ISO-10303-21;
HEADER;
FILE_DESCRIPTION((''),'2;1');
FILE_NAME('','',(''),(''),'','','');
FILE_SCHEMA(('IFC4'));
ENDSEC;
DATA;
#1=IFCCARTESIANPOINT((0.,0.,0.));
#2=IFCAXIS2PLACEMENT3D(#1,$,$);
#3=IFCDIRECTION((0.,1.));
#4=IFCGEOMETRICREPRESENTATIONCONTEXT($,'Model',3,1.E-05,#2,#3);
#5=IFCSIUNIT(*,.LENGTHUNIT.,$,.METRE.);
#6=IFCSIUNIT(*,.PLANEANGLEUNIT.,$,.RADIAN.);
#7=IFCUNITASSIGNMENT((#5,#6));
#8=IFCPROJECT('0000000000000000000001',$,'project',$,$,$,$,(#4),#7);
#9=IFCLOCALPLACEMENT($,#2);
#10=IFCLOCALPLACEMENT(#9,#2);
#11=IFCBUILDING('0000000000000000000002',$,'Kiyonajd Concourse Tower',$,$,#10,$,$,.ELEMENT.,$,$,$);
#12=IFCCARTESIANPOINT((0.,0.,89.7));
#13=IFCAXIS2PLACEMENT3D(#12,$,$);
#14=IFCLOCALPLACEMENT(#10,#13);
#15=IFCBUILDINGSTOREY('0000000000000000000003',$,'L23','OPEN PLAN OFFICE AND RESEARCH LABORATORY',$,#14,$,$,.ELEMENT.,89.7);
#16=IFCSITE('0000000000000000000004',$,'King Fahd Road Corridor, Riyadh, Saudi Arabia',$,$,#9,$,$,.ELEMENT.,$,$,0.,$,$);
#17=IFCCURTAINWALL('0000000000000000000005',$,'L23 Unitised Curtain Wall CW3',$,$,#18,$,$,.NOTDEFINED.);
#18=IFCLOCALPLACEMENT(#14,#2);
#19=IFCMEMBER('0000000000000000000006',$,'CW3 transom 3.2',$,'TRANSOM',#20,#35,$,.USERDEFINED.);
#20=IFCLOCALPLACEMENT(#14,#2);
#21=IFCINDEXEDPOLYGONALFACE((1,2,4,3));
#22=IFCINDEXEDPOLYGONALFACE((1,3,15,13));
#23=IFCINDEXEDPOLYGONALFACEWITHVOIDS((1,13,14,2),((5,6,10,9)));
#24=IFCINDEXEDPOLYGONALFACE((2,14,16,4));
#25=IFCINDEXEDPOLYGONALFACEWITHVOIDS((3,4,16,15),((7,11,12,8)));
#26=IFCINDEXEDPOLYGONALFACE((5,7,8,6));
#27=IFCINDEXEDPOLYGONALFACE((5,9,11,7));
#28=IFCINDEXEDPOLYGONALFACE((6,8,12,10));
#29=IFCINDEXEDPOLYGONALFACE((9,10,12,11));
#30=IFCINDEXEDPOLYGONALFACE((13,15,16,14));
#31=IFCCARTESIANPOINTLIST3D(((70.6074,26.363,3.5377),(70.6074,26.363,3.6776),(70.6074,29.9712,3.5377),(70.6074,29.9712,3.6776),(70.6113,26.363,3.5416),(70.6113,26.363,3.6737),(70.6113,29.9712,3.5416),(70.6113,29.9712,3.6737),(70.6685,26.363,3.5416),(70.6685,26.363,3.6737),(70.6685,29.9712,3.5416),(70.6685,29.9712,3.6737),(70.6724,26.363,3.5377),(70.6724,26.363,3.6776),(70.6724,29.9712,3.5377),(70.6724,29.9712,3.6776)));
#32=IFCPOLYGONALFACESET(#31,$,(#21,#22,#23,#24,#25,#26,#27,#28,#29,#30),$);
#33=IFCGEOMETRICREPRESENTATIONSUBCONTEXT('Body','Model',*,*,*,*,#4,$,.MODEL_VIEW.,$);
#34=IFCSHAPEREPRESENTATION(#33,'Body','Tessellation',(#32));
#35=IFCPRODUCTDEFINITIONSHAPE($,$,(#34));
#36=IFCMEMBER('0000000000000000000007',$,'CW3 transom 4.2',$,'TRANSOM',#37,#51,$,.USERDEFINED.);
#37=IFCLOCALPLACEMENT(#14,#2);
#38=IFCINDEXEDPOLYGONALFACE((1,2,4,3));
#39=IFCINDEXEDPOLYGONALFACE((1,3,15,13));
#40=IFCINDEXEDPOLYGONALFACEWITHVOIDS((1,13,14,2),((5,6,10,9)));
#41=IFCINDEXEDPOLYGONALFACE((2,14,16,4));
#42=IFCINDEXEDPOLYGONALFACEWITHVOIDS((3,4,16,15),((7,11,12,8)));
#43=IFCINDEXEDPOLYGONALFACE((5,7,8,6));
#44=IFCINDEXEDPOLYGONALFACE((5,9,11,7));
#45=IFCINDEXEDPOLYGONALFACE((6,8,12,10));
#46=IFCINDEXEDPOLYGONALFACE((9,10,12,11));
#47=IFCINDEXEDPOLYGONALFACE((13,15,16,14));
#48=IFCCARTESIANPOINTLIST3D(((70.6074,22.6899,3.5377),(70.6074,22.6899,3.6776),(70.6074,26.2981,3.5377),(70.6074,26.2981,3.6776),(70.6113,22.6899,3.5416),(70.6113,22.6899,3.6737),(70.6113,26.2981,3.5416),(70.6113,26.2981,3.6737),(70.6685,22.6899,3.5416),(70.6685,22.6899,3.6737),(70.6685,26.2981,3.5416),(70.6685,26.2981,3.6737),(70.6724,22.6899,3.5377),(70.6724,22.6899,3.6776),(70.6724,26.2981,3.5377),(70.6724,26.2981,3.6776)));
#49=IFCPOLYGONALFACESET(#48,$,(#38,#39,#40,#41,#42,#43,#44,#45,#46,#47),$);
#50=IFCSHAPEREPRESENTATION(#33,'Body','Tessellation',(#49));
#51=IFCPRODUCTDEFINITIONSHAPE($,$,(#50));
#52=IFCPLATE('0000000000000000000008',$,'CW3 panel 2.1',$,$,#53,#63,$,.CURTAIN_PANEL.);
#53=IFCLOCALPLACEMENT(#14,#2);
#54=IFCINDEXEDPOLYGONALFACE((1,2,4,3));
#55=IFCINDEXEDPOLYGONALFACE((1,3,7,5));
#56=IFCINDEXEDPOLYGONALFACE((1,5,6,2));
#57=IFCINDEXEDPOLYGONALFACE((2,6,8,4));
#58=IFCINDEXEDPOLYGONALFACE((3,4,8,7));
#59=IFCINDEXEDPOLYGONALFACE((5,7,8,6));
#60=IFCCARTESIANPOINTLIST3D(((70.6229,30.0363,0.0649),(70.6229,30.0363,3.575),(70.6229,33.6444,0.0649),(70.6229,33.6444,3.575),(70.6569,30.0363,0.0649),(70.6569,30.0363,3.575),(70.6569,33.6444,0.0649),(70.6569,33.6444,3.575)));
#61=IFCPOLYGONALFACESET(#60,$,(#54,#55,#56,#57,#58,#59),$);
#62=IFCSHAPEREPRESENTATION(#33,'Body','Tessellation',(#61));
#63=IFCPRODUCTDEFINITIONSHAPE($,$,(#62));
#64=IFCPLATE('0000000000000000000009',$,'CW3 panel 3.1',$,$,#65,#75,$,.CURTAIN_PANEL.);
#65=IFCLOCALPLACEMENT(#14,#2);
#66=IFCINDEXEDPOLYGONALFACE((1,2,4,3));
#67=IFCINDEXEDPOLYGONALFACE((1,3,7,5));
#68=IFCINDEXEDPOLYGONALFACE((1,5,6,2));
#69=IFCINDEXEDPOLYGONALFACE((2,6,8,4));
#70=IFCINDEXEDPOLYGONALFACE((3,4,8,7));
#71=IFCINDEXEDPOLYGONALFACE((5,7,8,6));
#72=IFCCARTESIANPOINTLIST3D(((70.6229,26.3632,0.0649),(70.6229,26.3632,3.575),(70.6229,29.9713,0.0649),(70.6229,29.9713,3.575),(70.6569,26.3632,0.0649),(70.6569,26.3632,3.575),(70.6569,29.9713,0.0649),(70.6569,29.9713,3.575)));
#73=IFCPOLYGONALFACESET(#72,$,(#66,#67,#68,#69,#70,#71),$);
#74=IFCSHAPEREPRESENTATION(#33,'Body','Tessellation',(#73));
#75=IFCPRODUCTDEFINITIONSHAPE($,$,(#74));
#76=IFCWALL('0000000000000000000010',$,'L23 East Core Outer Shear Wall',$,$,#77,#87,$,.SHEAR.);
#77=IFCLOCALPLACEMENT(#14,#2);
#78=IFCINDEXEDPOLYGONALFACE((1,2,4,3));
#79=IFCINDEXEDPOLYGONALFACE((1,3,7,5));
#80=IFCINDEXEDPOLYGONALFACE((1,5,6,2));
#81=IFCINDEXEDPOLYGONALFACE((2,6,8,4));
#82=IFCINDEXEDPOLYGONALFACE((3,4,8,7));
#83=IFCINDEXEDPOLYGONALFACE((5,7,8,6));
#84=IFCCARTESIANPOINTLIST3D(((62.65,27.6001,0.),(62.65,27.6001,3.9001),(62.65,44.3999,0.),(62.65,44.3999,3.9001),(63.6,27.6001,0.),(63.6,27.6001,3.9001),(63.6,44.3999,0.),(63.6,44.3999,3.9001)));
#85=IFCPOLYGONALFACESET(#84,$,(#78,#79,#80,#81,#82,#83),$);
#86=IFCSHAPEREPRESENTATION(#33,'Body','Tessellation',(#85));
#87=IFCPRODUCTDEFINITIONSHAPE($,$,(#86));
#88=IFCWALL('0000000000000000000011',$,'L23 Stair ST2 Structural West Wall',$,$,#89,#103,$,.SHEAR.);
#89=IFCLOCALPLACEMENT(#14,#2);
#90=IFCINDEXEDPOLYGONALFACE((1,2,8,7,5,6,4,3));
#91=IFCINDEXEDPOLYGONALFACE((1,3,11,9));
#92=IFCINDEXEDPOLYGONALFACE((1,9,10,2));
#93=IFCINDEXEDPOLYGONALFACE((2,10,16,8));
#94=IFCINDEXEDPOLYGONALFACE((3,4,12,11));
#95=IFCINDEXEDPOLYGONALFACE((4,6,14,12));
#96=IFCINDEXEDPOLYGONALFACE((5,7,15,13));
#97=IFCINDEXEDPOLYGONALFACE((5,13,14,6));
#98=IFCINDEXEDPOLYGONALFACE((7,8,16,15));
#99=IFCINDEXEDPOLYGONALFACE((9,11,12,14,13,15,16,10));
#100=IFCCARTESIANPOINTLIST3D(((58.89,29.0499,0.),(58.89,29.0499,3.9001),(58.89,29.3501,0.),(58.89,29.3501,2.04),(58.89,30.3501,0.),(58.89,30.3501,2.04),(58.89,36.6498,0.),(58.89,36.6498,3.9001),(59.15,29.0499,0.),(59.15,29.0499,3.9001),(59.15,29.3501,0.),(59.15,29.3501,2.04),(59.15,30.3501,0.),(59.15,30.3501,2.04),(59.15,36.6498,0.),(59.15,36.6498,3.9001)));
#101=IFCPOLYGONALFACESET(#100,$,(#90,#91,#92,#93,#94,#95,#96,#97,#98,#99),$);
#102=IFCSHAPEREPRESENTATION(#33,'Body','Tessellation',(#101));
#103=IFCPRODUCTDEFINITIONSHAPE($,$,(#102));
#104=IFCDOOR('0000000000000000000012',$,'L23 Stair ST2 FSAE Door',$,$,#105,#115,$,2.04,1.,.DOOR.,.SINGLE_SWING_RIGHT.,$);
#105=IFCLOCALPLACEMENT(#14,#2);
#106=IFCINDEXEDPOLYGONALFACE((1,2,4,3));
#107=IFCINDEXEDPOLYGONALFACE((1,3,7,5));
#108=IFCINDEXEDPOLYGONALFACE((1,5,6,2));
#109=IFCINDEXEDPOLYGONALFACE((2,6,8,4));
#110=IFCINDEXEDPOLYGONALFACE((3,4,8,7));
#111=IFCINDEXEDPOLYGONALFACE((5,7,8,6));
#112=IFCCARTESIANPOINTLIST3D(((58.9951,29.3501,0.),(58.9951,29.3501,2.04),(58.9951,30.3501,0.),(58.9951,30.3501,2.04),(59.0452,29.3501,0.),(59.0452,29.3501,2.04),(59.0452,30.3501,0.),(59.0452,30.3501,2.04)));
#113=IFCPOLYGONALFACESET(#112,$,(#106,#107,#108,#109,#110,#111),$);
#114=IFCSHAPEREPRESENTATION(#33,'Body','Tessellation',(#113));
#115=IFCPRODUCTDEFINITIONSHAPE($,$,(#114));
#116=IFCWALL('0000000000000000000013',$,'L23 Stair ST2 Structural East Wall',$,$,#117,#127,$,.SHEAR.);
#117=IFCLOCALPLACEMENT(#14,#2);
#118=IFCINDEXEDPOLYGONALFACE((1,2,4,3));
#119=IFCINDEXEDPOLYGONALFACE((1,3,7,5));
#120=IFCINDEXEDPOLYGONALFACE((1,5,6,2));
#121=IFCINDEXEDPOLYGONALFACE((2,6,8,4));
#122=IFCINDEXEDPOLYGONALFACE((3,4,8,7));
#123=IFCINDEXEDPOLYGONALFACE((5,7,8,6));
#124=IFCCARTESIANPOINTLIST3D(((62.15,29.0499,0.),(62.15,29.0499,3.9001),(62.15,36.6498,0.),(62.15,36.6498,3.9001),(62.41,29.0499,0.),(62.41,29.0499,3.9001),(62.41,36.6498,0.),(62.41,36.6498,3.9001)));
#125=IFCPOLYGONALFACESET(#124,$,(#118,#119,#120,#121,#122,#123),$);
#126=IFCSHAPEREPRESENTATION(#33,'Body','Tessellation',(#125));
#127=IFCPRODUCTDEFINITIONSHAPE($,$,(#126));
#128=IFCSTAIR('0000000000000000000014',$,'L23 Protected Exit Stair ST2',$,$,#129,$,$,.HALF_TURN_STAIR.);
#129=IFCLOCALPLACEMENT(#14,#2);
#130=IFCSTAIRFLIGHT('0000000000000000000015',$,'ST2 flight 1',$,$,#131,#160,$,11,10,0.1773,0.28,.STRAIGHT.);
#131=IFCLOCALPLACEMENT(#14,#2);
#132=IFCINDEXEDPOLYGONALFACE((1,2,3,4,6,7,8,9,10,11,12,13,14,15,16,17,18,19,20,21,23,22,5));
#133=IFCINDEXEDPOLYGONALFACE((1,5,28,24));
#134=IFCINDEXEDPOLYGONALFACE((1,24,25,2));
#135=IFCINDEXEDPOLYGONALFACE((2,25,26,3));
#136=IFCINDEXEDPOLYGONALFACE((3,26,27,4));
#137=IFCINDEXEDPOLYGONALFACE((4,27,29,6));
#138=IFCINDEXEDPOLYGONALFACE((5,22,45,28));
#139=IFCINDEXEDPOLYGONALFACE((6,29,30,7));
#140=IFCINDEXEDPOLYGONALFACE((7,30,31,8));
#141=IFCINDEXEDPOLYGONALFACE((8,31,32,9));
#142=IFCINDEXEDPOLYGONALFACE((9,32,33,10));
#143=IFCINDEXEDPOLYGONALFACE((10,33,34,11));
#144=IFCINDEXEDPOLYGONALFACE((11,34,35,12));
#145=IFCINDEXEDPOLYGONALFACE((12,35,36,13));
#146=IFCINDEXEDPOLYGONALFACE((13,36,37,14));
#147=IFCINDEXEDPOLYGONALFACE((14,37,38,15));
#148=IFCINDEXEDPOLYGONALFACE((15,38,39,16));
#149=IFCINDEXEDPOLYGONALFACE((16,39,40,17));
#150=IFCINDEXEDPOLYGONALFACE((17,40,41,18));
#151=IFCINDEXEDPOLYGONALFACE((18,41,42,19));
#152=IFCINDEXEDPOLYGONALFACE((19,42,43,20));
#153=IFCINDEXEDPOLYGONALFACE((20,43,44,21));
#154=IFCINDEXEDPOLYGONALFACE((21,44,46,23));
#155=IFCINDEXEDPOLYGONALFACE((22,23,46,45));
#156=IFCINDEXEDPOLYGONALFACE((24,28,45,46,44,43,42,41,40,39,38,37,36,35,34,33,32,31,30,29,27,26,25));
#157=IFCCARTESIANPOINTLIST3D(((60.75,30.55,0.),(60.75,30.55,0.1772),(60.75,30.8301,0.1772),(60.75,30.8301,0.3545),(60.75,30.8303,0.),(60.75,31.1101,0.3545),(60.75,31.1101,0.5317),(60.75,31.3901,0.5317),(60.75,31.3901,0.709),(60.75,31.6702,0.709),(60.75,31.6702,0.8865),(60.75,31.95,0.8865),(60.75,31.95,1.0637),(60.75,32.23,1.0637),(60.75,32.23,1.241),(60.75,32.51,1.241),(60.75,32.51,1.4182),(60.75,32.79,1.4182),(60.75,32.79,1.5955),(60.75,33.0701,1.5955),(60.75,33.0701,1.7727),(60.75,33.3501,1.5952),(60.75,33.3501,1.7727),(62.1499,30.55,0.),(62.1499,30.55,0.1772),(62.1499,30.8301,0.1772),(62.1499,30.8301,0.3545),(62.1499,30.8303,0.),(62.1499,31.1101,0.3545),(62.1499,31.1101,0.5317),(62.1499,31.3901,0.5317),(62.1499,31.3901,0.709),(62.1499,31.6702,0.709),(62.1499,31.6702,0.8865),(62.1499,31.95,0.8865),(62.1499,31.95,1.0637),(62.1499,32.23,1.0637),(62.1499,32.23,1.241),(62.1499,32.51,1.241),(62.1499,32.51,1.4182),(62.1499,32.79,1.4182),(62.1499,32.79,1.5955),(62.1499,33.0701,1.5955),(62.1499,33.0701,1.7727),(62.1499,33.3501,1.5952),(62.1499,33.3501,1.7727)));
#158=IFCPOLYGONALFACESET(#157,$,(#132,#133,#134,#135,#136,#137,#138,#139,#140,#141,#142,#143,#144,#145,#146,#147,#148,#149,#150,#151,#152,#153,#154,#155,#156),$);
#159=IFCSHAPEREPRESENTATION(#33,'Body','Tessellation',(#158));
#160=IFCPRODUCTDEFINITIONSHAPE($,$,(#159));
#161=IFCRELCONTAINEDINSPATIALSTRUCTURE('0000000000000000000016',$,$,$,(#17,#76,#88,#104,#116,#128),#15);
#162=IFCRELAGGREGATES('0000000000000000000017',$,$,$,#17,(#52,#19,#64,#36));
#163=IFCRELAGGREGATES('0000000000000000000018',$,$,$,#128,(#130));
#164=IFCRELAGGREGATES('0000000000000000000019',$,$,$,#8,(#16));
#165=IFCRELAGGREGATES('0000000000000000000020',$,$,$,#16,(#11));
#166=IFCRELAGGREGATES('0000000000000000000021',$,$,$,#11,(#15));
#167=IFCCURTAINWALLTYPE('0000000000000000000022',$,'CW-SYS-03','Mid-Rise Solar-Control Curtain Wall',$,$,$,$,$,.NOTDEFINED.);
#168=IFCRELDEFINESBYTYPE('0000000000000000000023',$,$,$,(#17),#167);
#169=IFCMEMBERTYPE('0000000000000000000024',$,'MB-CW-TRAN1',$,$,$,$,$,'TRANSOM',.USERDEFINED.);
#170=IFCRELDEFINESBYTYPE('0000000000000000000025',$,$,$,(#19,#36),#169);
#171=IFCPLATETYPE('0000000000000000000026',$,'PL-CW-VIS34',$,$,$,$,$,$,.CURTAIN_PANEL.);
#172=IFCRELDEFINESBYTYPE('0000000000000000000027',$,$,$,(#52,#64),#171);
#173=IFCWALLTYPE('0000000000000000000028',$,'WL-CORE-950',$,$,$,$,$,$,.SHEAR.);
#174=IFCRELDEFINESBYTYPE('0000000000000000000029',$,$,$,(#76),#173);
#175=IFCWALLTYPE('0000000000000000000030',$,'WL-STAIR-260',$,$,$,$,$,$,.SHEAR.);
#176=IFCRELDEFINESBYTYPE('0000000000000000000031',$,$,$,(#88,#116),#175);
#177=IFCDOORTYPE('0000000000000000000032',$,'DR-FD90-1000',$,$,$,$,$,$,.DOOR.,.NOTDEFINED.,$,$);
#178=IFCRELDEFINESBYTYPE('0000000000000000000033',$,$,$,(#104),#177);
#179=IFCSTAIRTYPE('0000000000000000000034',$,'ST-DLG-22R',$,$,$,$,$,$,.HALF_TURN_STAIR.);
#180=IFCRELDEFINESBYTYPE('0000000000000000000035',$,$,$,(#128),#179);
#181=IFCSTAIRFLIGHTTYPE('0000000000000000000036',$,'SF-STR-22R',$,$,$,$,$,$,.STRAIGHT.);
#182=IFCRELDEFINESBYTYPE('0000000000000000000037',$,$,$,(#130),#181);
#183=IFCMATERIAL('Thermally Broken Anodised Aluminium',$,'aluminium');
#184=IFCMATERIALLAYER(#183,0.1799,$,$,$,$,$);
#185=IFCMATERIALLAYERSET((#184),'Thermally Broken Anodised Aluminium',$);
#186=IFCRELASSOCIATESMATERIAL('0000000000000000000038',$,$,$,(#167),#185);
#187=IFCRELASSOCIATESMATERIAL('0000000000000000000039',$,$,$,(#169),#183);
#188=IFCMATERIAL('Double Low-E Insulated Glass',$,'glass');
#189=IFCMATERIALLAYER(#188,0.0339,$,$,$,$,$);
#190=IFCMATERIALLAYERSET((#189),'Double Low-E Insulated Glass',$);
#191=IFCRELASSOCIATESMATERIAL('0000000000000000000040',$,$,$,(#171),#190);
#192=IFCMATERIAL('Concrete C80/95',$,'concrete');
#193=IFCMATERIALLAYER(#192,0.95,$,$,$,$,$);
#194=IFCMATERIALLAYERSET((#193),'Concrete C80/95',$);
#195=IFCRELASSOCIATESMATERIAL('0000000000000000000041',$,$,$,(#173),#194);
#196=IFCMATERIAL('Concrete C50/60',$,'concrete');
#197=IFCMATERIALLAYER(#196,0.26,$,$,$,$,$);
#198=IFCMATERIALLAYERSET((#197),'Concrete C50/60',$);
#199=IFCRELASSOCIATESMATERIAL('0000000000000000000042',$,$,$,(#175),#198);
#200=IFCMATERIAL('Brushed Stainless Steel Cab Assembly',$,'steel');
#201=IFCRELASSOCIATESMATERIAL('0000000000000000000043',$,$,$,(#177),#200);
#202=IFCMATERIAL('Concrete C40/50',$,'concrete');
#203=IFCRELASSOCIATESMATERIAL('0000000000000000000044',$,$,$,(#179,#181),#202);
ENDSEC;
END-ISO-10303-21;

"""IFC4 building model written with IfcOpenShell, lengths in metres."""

from ifc_helpers import new_model, si_unit, direction, frame, frame_2d, origin, origin_2d, place, context, subcontext, project, spatial, polyline, rectangle, hollow_rectangle, outline, extrude, material, layer, layer_set, material_profile, profile_set, type_object, element, fill, aggregate, save


model = new_model("IFC4")

# Units and contexts
model_context = context("Model", 3, precision=1e-05, world=origin(), true_north=direction((0.0, 1.0)))
body_context = subcontext(model_context, "Body", "Model", "MODEL_VIEW")
ifc_project = project(units=[si_unit("LENGTHUNIT", "METRE"), si_unit("PLANEANGLEUNIT", "RADIAN")], contexts=[model_context])

# Site, building, storey
site_placement = place(None, origin())
site = spatial("IfcSite", under=ifc_project, at=site_placement, Name="King Fahd Road Corridor, Riyadh, Saudi Arabia", CompositionType="ELEMENT", RefElevation=0.0)
building_placement = place(site_placement, origin())
building = spatial("IfcBuilding", under=site, at=building_placement, Name="Kiyonajd Concourse Tower", CompositionType="ELEMENT")
storey_placement = place(building_placement, frame((0.0, 0.0, 89.7)))
storey = spatial("IfcBuildingStorey", under=building, at=storey_placement, Name="L23", Description="OPEN PLAN OFFICE AND RESEARCH LABORATORY", CompositionType="ELEMENT", Elevation=89.7)

# Shared definitions
ifc_material_1 = material(Name="Concrete C80/95", Category="concrete")

# Shared definitions
ifc_material_2 = material(Name="Concrete C50/60", Category="concrete")

# Curtain wall, members, plates
ifc_material_3 = material(Name="Thermally Broken Anodised Aluminium", Category="aluminium")
ifc_layer_1 = layer(ifc_material_3, 0.1799)
ifc_layer_set_1 = layer_set([ifc_layer_1], Name="Thermally Broken Anodised Aluminium")
curtain_wall_type = type_object("IfcCurtainWallType", Name="CW-SYS-03", Description="Mid-Rise Solar-Control Curtain Wall", PredefinedType="NOTDEFINED", material=ifc_layer_set_1)
curtain_wall_placement = place(storey_placement, origin())
curtain_wall = element("IfcCurtainWall", 1, at=curtain_wall_placement, inside=storey, type_object=curtain_wall_type, Name="L23 Unitised Curtain Wall CW3", PredefinedType="NOTDEFINED")
ifc_material_profile_1 = material_profile(ifc_material_3, hollow_rectangle(XDim=0.0649, YDim=0.1399, WallThickness=0.0039, at=origin_2d()), Name="TRAN-65x140")
ifc_profile_set_1 = profile_set([ifc_material_profile_1], Name="Thermally Broken Anodised Aluminium")
member_type_1 = type_object("IfcMemberType", Name="MB-CW-TRAN1", ElementType="TRANSOM", PredefinedType="USERDEFINED", material=ifc_profile_set_1)
member_1_placement = place(storey_placement, frame((70.6399, 29.9712, 3.6077), z_axis=(0.0, -1.0, 0.0), x_axis=(1.0, 0.0, 0.0)))
member_1 = element("IfcMember", 2, at=member_1_placement, type_object=member_type_1, Name="CW3 transom 3.2", ObjectType="TRANSOM", PredefinedType="USERDEFINED", context=body_context, shape_type="SweptSolid", body=[
    extrude(hollow_rectangle(XDim=0.0649, YDim=0.1399, WallThickness=0.0039, at=origin_2d()), origin(), (0.0, 0.0, 1.0), 3.6082),
])
member_2_placement = place(storey_placement, frame((70.6399, 26.2981, 3.6077), z_axis=(0.0, -1.0, 0.0), x_axis=(1.0, 0.0, 0.0)))
member_2 = element("IfcMember", 3, at=member_2_placement, type_object=member_type_1, Name="CW3 transom 4.2", ObjectType="TRANSOM", PredefinedType="USERDEFINED", context=body_context, shape_type="SweptSolid", body=[
    extrude(hollow_rectangle(XDim=0.0649, YDim=0.1399, WallThickness=0.0039, at=origin_2d()), origin(), (0.0, 0.0, 1.0), 3.6082),
])
ifc_material_4 = material(Name="Double Low-E Insulated Glass", Category="glass")
ifc_layer_2 = layer(ifc_material_4, 0.0339)
ifc_layer_set_2 = layer_set([ifc_layer_2], Name="Double Low-E Insulated Glass")
plate_type = type_object("IfcPlateType", Name="PL-CW-VIS34", PredefinedType="CURTAIN_PANEL", material=ifc_layer_set_2)
plate_1_placement = place(storey_placement, frame((70.6399, 31.8403, 0.0649), z_axis=(0.0, 0.0, 1.0), x_axis=(0.0, -1.0, 0.0)))
plate_1 = element("IfcPlate", 4, at=plate_1_placement, type_object=plate_type, Name="CW3 panel 2.1", PredefinedType="CURTAIN_PANEL", context=body_context, shape_type="SweptSolid", body=[
    extrude(rectangle(XDim=3.6082, YDim=0.0339, at=origin_2d()), origin(), (0.0, 0.0, 1.0), 3.51),
])
plate_2_placement = place(storey_placement, frame((70.6399, 28.1672, 0.0649), z_axis=(0.0, 0.0, 1.0), x_axis=(0.0, -1.0, 0.0)))
plate_2 = element("IfcPlate", 5, at=plate_2_placement, type_object=plate_type, Name="CW3 panel 3.1", PredefinedType="CURTAIN_PANEL", context=body_context, shape_type="SweptSolid", body=[
    extrude(rectangle(XDim=3.6082, YDim=0.0339, at=origin_2d()), origin(), (0.0, 0.0, 1.0), 3.51),
])
aggregate(curtain_wall, [plate_1, member_1, plate_2, member_2])

# Wall
ifc_layer_3 = layer(ifc_material_1, 0.95)
ifc_layer_set_3 = layer_set([ifc_layer_3], Name="Concrete C80/95")
wall_type_1 = type_object("IfcWallType", Name="WL-CORE-950", PredefinedType="SHEAR", material=ifc_layer_set_3)
wall_1_placement = place(storey_placement, frame((63.125, 27.6001, 0.0), z_axis=(0.0, 0.0, 1.0), x_axis=(0.0, 1.0, 0.0)))
element("IfcWall", 6, at=wall_1_placement, inside=storey, type_object=wall_type_1, Name="L23 East Core Outer Shear Wall", PredefinedType="SHEAR", context=body_context, shape_type="SweptSolid", body=[
    extrude(rectangle(XDim=16.7998, YDim=0.95, at=frame_2d((8.3999, 0.0))), origin(), (0.0, 0.0, 1.0), 3.9001),
])

# Wall, opening, door
ifc_layer_4 = layer(ifc_material_2, 0.26)
ifc_layer_set_4 = layer_set([ifc_layer_4], Name="Concrete C50/60")
wall_type_2 = type_object("IfcWallType", Name="WL-STAIR-260", PredefinedType="SHEAR", material=ifc_layer_set_4)
wall_2_placement = place(storey_placement, frame((59.02, 29.05, 0.0), z_axis=(0.0, 0.0, 1.0), x_axis=(0.0, 1.0, 0.0)))
wall_2 = element("IfcWall", 7, at=wall_2_placement, inside=storey, type_object=wall_type_2, Name="L23 Stair ST2 Structural West Wall", PredefinedType="SHEAR", context=body_context, shape_type="SweptSolid", body=[
    extrude(rectangle(XDim=7.5999, YDim=0.26, at=frame_2d((3.7998, 0.0))), origin(), (0.0, 0.0, 1.0), 3.9001),
])
opening_placement = place(wall_2_placement, frame((0.3, 0.0, 0.0)))
opening = element("IfcOpeningElement", 8, at=opening_placement, cuts=wall_2, PredefinedType="OPENING", context=body_context, shape_type="SweptSolid", body=[
    extrude(rectangle(XDim=1.0, YDim=2.04, at=frame_2d((0.5, 1.02))), frame((0.0, 0.1399, 0.0), z_axis=(0.0, -1.0, 0.0), x_axis=(1.0, 0.0, 0.0)), (0.0, 0.0, 1.0), 0.28),
])
ifc_material_5 = material(Name="Brushed Stainless Steel Cab Assembly", Category="steel")
door_type = type_object("IfcDoorType", Name="DR-FD90-1000", OperationType="NOTDEFINED", PredefinedType="DOOR", material=ifc_material_5)
door_placement = place(opening_placement, origin())
door = element("IfcDoor", 9, at=door_placement, inside=storey, type_object=door_type, Name="L23 Stair ST2 FSAE Door", OperationType="SINGLE_SWING_RIGHT", OverallHeight=2.04, OverallWidth=1.0, PredefinedType="DOOR", context=body_context, shape_type="SweptSolid", body=[
    extrude(rectangle(XDim=1.0, YDim=2.04, at=frame_2d((0.5, 1.02))), frame((0.0, 0.0249, 0.0), z_axis=(0.0, -1.0, 0.0), x_axis=(1.0, 0.0, 0.0)), (0.0, 0.0, 1.0), 0.05),
])
fill(opening, door)

# Wall
wall_3_placement = place(storey_placement, frame((62.28, 29.05, 0.0), z_axis=(0.0, 0.0, 1.0), x_axis=(0.0, 1.0, 0.0)))
element("IfcWall", 10, at=wall_3_placement, inside=storey, type_object=wall_type_2, Name="L23 Stair ST2 Structural East Wall", PredefinedType="SHEAR", context=body_context, shape_type="SweptSolid", body=[
    extrude(rectangle(XDim=7.5999, YDim=0.26, at=frame_2d((3.7998, 0.0))), origin(), (0.0, 0.0, 1.0), 3.9001),
])

# Stair, stair flight
ifc_material_6 = material(Name="Concrete C40/50", Category="concrete")
stair_type = type_object("IfcStairType", Name="ST-DLG-22R", PredefinedType="HALF_TURN_STAIR", material=ifc_material_6)
stair_placement = place(storey_placement, origin())
stair = element("IfcStair", 11, at=stair_placement, inside=storey, type_object=stair_type, Name="L23 Protected Exit Stair ST2", PredefinedType="HALF_TURN_STAIR")
stair_flight_type = type_object("IfcStairFlightType", Name="SF-STR-22R", PredefinedType="STRAIGHT", material=ifc_material_6)
stair_flight_1_placement = place(storey_placement, frame((61.45, 30.55, 0.0), z_axis=(0.0, 0.0, 1.0), x_axis=(0.0, 1.0, 0.0)))
stair_flight_1 = element("IfcStairFlight", 12, at=stair_flight_1_placement, type_object=stair_flight_type, Name="ST2 flight 1", NumberOfRisers=11, NumberOfTreads=10, PredefinedType="STRAIGHT", RiserHeight=0.1773, TreadLength=0.28, context=body_context, shape_type="SweptSolid", body=[
    extrude(outline(polyline([(0.0, 0.0), (0.0, 0.1772), (0.28, 0.1772), (0.28, 0.3545), (0.5601, 0.3545), (0.5601, 0.5317), (0.8401, 0.5317), (0.8401, 0.709), (1.1201, 0.709), (1.1201, 0.8865), (1.3999, 0.8865), (1.3999, 1.0637), (1.6799, 1.0637), (1.6799, 1.241), (1.96, 1.241), (1.96, 1.4182), (2.24, 1.4182), (2.24, 1.5955), (2.52, 1.5955), (2.52, 1.7727), (2.8, 1.7727), (2.8, 1.95), (2.8, 1.5952), (0.2803, 0.0), (0.0, 0.0)])), frame((0.0, 0.7, 0.0), z_axis=(0.0, -1.0, 0.0), x_axis=(1.0, 0.0, 0.0)), (0.0, 0.0, 1.0), 1.3999),
])
aggregate(stair, [stair_flight_1])

save(model, "model.ifc")
